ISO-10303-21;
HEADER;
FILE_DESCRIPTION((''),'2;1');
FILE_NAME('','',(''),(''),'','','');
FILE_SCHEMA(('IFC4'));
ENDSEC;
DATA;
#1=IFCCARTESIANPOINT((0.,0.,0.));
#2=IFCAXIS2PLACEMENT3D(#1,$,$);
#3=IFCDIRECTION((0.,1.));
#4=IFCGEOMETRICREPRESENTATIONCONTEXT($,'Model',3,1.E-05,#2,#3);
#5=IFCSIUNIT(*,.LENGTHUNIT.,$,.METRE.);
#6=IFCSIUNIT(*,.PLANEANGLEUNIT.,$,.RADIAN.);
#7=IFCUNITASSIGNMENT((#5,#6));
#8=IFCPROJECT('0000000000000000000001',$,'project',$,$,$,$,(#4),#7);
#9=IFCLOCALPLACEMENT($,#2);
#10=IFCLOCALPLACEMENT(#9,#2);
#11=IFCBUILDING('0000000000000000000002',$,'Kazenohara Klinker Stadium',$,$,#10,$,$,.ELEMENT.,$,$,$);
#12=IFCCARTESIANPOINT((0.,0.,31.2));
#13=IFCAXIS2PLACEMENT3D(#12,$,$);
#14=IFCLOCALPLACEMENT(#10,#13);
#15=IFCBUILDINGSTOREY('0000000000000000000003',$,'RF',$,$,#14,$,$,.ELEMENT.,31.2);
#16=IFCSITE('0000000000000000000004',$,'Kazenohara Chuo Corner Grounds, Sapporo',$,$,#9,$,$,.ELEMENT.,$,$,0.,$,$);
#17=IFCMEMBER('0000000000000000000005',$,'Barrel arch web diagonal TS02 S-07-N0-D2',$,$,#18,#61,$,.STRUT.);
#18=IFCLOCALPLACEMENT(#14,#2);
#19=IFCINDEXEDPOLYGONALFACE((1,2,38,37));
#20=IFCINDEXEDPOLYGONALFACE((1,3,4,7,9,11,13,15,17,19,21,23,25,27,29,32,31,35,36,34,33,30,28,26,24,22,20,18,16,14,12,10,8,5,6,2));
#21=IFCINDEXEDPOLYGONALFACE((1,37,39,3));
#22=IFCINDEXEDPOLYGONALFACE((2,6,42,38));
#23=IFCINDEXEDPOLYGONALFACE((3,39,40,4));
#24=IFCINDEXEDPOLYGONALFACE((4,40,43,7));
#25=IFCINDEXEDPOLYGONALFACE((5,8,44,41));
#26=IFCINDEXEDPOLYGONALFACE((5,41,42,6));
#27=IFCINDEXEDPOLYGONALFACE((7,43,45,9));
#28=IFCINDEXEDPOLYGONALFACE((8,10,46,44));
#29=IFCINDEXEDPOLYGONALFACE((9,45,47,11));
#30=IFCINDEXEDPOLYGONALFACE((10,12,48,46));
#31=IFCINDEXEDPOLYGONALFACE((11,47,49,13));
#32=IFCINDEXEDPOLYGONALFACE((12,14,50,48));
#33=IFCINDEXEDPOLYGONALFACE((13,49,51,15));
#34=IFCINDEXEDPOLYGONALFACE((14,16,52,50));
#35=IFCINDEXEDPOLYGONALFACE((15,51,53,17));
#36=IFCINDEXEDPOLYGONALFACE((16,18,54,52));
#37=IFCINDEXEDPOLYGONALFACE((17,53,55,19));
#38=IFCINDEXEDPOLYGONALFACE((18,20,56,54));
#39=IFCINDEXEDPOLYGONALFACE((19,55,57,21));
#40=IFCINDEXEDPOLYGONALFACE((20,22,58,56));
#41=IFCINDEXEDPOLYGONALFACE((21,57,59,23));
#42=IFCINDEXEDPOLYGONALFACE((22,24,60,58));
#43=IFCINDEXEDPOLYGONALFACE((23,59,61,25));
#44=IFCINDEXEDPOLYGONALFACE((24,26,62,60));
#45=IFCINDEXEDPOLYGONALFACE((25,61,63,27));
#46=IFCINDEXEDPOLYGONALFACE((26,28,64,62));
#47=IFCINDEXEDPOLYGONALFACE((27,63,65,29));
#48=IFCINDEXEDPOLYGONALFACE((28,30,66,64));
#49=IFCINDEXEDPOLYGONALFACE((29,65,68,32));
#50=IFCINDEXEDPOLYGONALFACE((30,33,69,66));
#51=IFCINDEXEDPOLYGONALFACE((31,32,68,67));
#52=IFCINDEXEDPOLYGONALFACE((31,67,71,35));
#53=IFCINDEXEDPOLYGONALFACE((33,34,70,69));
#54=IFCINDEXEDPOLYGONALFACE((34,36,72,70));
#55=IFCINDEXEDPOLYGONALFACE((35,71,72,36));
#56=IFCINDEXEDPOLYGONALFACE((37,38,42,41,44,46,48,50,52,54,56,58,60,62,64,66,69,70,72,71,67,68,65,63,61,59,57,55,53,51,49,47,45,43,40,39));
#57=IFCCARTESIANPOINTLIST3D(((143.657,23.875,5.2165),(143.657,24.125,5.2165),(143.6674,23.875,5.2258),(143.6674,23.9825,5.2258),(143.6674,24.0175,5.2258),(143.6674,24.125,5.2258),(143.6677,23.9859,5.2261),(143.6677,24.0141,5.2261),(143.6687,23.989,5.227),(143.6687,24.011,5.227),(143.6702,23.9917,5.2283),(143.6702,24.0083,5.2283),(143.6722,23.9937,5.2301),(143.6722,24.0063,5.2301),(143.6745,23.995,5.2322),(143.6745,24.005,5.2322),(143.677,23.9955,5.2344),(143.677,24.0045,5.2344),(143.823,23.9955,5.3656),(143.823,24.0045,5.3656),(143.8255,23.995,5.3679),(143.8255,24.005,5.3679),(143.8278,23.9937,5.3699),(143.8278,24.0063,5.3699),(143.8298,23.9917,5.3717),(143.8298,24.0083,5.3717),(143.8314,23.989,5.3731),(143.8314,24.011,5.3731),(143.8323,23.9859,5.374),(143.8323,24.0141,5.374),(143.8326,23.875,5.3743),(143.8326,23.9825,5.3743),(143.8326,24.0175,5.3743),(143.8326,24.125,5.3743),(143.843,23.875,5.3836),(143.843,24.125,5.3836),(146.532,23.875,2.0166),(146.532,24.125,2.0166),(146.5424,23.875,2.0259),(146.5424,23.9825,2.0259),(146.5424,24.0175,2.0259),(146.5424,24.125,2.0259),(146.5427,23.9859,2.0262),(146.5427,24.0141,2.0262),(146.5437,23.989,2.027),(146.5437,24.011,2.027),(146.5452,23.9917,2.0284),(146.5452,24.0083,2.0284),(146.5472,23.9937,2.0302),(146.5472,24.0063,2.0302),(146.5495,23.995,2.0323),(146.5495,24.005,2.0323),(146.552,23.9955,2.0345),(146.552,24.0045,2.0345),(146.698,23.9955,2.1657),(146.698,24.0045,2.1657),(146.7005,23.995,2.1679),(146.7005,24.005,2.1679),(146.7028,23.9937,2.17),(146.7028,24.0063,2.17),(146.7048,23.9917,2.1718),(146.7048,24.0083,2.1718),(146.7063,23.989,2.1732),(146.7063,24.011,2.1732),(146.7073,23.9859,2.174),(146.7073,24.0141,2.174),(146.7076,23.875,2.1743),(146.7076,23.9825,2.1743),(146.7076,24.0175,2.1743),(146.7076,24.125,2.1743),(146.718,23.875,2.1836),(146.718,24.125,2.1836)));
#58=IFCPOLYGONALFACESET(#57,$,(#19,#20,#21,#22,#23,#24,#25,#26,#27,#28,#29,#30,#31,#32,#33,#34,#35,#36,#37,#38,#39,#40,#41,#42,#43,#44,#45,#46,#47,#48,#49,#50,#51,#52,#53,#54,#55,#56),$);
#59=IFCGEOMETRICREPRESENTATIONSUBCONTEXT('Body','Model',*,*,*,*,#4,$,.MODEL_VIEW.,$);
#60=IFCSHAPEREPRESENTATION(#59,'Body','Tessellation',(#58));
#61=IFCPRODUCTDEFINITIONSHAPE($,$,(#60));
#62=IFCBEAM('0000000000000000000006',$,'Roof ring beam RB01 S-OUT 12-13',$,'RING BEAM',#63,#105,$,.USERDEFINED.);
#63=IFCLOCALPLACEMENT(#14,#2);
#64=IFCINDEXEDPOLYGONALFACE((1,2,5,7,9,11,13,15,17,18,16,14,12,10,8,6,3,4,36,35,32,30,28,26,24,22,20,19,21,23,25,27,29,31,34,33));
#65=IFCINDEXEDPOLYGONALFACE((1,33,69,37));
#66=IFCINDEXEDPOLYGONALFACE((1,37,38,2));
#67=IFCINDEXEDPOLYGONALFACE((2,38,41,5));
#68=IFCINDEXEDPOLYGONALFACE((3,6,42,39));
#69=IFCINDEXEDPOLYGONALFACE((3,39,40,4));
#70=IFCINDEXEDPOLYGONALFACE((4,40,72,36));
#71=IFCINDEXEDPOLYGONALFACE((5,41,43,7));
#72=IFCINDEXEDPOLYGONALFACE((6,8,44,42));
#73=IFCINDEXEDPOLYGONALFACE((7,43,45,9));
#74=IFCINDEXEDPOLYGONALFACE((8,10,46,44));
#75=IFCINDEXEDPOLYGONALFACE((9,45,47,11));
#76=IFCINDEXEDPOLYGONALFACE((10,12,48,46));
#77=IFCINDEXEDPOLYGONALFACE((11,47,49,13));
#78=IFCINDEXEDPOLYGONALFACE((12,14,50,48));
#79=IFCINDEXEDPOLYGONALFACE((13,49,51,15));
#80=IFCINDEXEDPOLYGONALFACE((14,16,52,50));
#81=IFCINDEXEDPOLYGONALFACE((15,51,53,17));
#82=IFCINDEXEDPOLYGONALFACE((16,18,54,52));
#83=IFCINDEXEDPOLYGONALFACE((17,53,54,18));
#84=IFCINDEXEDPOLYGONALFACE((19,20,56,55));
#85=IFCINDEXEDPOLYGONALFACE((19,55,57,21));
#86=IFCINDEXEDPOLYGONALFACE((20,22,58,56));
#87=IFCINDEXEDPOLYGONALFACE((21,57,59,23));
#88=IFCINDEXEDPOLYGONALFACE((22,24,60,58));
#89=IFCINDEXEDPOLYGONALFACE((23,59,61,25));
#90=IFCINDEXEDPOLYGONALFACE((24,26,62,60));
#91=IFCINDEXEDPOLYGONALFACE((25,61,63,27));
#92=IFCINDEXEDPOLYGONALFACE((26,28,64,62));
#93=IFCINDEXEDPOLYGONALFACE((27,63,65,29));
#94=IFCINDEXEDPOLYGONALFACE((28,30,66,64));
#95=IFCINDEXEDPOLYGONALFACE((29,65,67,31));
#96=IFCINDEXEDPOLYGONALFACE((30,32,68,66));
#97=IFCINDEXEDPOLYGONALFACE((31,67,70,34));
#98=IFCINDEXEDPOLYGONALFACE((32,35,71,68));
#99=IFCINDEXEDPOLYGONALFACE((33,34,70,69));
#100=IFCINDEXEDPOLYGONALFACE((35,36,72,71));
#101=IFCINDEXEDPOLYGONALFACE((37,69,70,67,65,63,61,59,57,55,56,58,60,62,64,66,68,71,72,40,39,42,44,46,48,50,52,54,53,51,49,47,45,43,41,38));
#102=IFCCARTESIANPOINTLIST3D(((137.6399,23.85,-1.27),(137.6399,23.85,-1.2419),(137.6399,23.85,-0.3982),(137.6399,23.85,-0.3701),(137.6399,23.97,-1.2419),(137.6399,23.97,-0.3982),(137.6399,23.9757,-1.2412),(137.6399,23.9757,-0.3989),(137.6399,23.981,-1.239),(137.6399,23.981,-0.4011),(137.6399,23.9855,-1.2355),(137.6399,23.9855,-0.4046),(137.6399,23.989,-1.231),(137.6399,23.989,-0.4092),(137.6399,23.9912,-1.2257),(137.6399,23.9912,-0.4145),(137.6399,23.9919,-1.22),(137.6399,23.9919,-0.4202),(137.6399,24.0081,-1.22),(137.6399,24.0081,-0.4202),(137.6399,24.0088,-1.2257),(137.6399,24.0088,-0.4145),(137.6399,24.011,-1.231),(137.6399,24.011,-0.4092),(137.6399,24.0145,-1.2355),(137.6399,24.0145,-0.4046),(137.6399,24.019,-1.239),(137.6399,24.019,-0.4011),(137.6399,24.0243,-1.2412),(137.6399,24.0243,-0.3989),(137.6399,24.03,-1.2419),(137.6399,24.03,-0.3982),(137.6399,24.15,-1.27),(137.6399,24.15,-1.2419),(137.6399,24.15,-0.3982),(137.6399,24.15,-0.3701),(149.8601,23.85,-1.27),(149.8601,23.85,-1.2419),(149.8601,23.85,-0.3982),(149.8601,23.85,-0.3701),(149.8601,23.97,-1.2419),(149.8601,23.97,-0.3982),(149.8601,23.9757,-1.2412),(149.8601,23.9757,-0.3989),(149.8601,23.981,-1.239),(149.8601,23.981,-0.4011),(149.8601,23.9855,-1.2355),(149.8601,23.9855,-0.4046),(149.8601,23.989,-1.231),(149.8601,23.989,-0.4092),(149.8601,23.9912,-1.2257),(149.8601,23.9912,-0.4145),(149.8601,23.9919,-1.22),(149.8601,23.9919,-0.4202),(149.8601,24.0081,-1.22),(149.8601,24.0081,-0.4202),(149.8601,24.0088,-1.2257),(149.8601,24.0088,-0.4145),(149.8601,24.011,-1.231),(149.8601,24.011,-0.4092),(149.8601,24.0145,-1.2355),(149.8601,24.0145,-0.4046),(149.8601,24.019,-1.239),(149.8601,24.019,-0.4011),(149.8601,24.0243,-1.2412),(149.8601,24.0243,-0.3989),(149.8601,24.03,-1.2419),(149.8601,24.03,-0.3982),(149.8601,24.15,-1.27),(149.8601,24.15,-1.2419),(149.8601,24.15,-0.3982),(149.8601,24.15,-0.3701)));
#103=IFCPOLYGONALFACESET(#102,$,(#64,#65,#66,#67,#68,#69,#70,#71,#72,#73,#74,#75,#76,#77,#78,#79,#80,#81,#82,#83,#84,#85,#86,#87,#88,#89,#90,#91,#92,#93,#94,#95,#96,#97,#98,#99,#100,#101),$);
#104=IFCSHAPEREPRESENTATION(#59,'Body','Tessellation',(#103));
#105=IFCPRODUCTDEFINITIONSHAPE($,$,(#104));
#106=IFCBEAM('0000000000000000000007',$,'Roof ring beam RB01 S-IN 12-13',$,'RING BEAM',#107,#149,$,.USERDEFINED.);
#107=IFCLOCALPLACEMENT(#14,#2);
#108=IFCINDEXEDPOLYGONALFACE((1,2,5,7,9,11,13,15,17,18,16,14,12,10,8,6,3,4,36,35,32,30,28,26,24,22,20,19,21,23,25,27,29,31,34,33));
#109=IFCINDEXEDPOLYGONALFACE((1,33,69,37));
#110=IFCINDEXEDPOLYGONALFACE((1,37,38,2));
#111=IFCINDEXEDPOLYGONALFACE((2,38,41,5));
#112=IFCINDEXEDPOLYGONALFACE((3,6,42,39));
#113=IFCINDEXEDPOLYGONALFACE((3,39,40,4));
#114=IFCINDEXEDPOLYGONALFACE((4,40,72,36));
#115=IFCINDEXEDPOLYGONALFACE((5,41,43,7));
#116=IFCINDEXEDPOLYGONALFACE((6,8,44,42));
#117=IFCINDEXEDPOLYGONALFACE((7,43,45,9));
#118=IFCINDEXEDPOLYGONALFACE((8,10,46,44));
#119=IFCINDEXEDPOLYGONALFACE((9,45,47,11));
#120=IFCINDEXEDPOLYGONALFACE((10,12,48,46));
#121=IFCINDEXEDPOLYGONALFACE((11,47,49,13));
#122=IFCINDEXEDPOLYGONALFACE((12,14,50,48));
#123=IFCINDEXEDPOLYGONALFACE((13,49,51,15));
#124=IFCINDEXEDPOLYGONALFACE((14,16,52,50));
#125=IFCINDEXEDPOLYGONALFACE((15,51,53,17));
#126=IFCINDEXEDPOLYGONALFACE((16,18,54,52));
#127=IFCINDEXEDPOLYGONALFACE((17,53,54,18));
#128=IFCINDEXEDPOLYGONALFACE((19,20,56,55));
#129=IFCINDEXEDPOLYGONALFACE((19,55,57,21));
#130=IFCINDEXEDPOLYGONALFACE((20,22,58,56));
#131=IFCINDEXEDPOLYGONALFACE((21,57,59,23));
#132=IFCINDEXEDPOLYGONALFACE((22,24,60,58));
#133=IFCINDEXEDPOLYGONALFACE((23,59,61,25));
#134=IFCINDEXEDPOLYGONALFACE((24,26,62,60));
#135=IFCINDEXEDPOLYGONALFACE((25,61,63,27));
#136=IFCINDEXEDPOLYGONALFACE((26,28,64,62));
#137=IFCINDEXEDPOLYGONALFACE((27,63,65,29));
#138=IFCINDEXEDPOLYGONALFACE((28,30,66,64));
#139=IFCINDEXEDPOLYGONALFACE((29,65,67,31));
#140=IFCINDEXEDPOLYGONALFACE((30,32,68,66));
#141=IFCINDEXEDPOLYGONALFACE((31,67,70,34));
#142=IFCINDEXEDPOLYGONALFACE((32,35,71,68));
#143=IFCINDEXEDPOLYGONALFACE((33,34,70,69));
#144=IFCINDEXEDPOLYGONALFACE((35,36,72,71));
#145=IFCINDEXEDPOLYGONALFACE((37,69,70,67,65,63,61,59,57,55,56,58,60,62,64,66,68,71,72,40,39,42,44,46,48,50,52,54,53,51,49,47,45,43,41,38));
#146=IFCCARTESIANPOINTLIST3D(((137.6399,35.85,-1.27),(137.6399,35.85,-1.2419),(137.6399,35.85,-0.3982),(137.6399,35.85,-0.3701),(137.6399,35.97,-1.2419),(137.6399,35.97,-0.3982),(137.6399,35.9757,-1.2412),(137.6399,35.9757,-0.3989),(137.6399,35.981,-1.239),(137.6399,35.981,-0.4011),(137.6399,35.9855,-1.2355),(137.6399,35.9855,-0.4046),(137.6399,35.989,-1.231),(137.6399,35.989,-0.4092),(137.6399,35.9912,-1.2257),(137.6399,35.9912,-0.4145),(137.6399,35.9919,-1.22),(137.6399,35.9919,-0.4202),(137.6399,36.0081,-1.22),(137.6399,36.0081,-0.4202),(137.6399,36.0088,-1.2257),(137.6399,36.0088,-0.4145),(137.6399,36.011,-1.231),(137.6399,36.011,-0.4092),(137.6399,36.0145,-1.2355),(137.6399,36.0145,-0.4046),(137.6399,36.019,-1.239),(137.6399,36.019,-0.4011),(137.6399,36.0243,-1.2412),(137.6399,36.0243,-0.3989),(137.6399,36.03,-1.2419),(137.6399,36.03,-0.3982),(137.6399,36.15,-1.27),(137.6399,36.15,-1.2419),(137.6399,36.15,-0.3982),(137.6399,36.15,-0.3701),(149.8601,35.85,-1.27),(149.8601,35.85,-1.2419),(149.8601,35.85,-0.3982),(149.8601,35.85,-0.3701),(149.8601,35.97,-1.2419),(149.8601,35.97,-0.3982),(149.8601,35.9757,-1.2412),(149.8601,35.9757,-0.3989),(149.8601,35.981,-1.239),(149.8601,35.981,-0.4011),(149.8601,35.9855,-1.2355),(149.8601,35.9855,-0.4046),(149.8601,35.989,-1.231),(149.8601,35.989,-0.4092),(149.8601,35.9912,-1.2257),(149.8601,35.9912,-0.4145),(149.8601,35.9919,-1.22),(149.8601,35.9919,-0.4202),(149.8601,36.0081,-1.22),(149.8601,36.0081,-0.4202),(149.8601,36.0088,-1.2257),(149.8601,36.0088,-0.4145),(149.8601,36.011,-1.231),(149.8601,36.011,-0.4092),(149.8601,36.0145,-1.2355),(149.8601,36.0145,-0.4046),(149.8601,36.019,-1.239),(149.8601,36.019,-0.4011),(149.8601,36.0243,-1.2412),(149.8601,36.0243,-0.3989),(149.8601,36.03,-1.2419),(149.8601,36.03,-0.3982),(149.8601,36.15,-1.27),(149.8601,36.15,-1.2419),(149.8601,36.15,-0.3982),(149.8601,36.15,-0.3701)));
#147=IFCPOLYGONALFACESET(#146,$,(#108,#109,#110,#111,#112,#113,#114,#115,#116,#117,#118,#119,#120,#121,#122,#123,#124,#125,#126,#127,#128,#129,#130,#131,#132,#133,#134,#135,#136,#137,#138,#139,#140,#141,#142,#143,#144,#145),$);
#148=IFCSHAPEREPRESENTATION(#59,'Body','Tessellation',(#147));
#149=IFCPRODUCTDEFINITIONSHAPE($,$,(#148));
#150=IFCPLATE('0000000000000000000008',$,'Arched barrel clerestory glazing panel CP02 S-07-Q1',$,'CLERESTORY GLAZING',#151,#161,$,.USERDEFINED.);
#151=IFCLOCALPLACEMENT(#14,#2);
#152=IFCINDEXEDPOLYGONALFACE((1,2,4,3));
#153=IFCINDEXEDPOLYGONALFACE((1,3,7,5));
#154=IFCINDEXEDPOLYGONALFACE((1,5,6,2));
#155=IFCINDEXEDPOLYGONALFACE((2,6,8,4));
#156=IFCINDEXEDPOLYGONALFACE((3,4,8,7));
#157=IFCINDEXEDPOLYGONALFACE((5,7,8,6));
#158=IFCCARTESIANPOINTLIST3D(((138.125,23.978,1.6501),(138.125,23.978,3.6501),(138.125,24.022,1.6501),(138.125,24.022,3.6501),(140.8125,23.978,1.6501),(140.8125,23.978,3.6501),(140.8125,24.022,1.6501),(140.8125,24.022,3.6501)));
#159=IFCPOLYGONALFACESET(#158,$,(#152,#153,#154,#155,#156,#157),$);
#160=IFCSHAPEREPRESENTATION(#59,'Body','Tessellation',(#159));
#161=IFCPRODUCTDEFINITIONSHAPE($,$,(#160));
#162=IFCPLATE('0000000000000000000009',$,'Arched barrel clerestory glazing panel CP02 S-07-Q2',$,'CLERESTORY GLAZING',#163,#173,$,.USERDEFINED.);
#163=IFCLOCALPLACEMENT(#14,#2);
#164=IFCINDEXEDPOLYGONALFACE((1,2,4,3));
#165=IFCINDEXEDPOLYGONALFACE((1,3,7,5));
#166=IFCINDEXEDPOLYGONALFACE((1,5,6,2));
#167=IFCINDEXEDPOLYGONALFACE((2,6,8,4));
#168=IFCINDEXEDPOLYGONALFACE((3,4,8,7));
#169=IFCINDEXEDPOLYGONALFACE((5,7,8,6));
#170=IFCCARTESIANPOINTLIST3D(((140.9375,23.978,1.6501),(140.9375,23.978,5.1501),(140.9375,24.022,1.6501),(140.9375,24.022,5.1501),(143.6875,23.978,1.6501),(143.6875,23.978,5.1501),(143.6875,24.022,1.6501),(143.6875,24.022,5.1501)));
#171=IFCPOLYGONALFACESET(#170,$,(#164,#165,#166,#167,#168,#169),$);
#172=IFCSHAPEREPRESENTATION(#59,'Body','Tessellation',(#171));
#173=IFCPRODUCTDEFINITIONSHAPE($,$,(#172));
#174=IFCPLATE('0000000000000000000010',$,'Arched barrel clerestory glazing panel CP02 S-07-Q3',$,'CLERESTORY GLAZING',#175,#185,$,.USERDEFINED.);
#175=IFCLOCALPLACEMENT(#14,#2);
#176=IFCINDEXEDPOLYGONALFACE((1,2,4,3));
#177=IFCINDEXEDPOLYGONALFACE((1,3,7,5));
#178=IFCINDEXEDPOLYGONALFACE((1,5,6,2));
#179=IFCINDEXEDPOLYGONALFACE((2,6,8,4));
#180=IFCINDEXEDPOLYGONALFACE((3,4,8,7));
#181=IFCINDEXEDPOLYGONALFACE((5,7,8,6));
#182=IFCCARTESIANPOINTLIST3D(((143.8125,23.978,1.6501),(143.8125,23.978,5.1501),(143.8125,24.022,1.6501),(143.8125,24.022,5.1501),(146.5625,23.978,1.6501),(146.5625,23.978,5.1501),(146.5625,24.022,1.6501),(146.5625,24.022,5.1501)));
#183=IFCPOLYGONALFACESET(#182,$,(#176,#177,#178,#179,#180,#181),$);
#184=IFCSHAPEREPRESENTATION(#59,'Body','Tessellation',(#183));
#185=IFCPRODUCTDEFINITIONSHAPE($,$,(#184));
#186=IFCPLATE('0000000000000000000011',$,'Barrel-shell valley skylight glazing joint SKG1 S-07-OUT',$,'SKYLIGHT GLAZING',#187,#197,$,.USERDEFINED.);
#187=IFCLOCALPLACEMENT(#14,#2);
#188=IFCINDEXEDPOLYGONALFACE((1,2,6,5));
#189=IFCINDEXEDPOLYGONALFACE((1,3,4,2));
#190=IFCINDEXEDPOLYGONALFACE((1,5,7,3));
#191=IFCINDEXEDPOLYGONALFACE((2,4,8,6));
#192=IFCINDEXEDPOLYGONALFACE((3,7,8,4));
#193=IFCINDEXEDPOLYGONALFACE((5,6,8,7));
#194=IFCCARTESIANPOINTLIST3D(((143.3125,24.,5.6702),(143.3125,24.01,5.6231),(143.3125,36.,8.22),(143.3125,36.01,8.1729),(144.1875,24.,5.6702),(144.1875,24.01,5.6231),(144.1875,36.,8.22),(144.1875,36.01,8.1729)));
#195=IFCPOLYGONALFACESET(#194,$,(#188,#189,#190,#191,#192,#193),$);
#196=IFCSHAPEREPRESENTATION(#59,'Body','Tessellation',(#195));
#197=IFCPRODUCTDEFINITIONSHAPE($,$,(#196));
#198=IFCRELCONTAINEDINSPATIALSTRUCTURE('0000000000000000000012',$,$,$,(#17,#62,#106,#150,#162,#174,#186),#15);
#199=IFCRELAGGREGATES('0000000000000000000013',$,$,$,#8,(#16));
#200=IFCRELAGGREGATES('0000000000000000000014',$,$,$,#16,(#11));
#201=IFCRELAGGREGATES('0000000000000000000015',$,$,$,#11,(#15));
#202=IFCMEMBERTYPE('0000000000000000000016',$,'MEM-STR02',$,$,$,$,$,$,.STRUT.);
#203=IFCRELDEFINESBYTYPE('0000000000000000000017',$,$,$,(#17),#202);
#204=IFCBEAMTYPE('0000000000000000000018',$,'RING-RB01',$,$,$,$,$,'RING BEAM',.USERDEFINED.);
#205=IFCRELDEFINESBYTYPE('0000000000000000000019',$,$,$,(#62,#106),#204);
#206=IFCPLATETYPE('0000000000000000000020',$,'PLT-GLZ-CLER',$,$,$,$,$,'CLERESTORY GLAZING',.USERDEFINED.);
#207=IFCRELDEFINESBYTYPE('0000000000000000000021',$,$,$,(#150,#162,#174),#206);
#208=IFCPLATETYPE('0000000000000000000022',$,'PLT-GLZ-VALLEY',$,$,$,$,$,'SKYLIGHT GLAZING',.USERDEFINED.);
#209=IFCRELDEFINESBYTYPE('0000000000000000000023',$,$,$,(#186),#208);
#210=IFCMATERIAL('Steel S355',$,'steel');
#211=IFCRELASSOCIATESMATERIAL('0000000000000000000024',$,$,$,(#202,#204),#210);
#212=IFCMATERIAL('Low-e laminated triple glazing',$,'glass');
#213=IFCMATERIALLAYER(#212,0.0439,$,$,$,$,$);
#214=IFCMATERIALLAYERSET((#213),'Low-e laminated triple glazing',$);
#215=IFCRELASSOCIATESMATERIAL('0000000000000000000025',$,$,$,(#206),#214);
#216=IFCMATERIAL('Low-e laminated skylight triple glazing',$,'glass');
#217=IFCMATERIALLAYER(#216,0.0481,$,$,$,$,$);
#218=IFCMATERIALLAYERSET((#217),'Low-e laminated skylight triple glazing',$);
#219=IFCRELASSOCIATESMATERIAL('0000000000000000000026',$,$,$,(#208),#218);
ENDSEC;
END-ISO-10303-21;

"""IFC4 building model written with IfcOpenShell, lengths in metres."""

from ifc_helpers import new_model, si_unit, direction, frame, origin, origin_2d, place, context, subcontext, project, spatial, polyline, rectangle, i_section, outline, extrude, material, layer, layer_set, material_profile, profile_set, type_object, element, save


model = new_model("IFC4")

# Units and contexts
model_context = context("Model", 3, precision=1e-05, world=origin(), true_north=direction((0.0, 1.0)))
body_context = subcontext(model_context, "Body", "Model", "MODEL_VIEW")
ifc_project = project(units=[si_unit("LENGTHUNIT", "METRE"), si_unit("PLANEANGLEUNIT", "RADIAN")], contexts=[model_context])

# Site, building, storey
site_placement = place(None, origin())
site = spatial("IfcSite", under=ifc_project, at=site_placement, Name="Kazenohara Chuo Corner Grounds, Sapporo", CompositionType="ELEMENT", RefElevation=0.0)
building_placement = place(site_placement, origin())
building = spatial("IfcBuilding", under=site, at=building_placement, Name="Kazenohara Klinker Stadium", CompositionType="ELEMENT")
storey_placement = place(building_placement, frame((0.0, 0.0, 31.2)))
storey = spatial("IfcBuildingStorey", under=building, at=storey_placement, Name="RF", CompositionType="ELEMENT", Elevation=31.2)

# Member
ifc_material_1 = material(Name="Steel S355", Category="steel")
ifc_material_profile_1 = material_profile(ifc_material_1, i_section(OverallWidth=0.25, OverallDepth=0.25, WebThickness=0.009, FlangeThickness=0.0139, FilletRadius=0.0129, at=origin_2d()), Name="H-250x250x9x14")
ifc_profile_set_1 = profile_set([ifc_material_profile_1], Name="Steel S355")
member_type_1 = type_object("IfcMemberType", Name="MEM-STR02", PredefinedType="STRUT", material=ifc_profile_set_1)
for number, where, z_axis, x_axis, name in (
    (1, (146.625, 24.0, 2.1001), (-0.668328, 0.0, 0.743867), (0.0, -1.0, 0.0), "Barrel arch web diagonal TS02 S-07-N0-D2"),
):
    element("IfcMember", number, at=place(storey_placement, frame(where, z_axis=z_axis, x_axis=x_axis)), inside=storey, type_object=member_type_1, Name=name, PredefinedType="STRUT", context=body_context, shape_type="SweptSolid", body=[
        extrude(i_section(OverallWidth=0.25, OverallDepth=0.25, WebThickness=0.009, FlangeThickness=0.0139, FilletRadius=0.0129, at=origin_2d()), origin(), (0.0, 0.0, 1.0), 4.3018),
    ])

# Beams
ifc_material_profile_2 = material_profile(ifc_material_1, i_section(OverallWidth=0.3, OverallDepth=0.8999, WebThickness=0.0161, FlangeThickness=0.0281, FilletRadius=0.022, at=origin_2d()), Name="H-900x300x16x28")
ifc_profile_set_2 = profile_set([ifc_material_profile_2], Name="Steel S355")
beam_type = type_object("IfcBeamType", Name="RING-RB01", ElementType="RING BEAM", PredefinedType="USERDEFINED", material=ifc_profile_set_2)
for number, where, z_axis, x_axis, name in (
    (2, (137.6399, 24.0, -0.8201), (1.0, 0.0, 0.0), (0.0, 1.0, 0.0), "Roof ring beam RB01 S-OUT 12-13"),
    (3, (137.6399, 36.0, -0.8201), (1.0, 0.0, 0.0), (0.0, 1.0, 0.0), "Roof ring beam RB01 S-IN 12-13"),
):
    element("IfcBeam", number, at=place(storey_placement, frame(where, z_axis=z_axis, x_axis=x_axis)), inside=storey, type_object=beam_type, Name=name, ObjectType="RING BEAM", PredefinedType="USERDEFINED", context=body_context, shape_type="SweptSolid", body=[
        extrude(i_section(OverallWidth=0.3, OverallDepth=0.8999, WebThickness=0.0161, FlangeThickness=0.0281, FilletRadius=0.022, at=origin_2d()), origin(), (0.0, 0.0, 1.0), 12.2202),
    ])

# Plates
ifc_material_2 = material(Name="Low-e laminated triple glazing", Category="glass")
ifc_layer_1 = layer(ifc_material_2, 0.0439)
ifc_layer_set_1 = layer_set([ifc_layer_1], Name="Low-e laminated triple glazing")
plate_type_1 = type_object("IfcPlateType", Name="PLT-GLZ-CLER", ElementType="CLERESTORY GLAZING", PredefinedType="USERDEFINED", material=ifc_layer_set_1)
plate_1_placement = place(storey_placement, frame((139.4688, 24.0, 1.6501), z_axis=(0.0, 0.0, 1.0), x_axis=(1.0, 0.0, 0.0)))
element("IfcPlate", 4, at=plate_1_placement, inside=storey, type_object=plate_type_1, Name="Arched barrel clerestory glazing panel CP02 S-07-Q1", ObjectType="CLERESTORY GLAZING", PredefinedType="USERDEFINED", context=body_context, shape_type="SweptSolid", body=[
    extrude(rectangle(XDim=2.6875, YDim=0.0439, at=origin_2d()), origin(), (0.0, 0.0, 1.0), 2.0),
])
for number, where, z_axis, x_axis, name in (
    (5, (142.3125, 24.0, 1.6501), (0.0, 0.0, 1.0), (1.0, 0.0, 0.0), "Arched barrel clerestory glazing panel CP02 S-07-Q2"),
    (6, (145.1875, 24.0, 1.6501), (0.0, 0.0, 1.0), (1.0, 0.0, 0.0), "Arched barrel clerestory glazing panel CP02 S-07-Q3"),
):
    element("IfcPlate", number, at=place(storey_placement, frame(where, z_axis=z_axis, x_axis=x_axis)), inside=storey, type_object=plate_type_1, Name=name, ObjectType="CLERESTORY GLAZING", PredefinedType="USERDEFINED", context=body_context, shape_type="SweptSolid", body=[
        extrude(rectangle(XDim=2.75, YDim=0.0439, at=origin_2d()), origin(), (0.0, 0.0, 1.0), 3.5),
    ])
ifc_material_3 = material(Name="Low-e laminated skylight triple glazing", Category="glass")
ifc_layer_2 = layer(ifc_material_3, 0.0481)
ifc_layer_set_2 = layer_set([ifc_layer_2], Name="Low-e laminated skylight triple glazing")
plate_type_2 = type_object("IfcPlateType", Name="PLT-GLZ-VALLEY", ElementType="SKYLIGHT GLAZING", PredefinedType="USERDEFINED", material=ifc_layer_set_2)
plate_2_placement = place(storey_placement, frame((143.3125, 24.0, 5.6702), z_axis=(0.0, -0.207844, 0.978162), x_axis=(0.0, 0.978162, 0.207844)))
element("IfcPlate", 7, at=plate_2_placement, inside=storey, type_object=plate_type_2, Name="Barrel-shell valley skylight glazing joint SKG1 S-07-OUT", ObjectType="SKYLIGHT GLAZING", PredefinedType="USERDEFINED", context=body_context, shape_type="SweptSolid", body=[
    extrude(outline(polyline([(0.0, 0.0), (12.2679, 0.0), (12.2679, -0.875), (0.0, -0.875), (0.0, 0.0)])), origin(), (0.0, 0.0, -1.0), 0.0481),
])

save(model, "model.ifc")
